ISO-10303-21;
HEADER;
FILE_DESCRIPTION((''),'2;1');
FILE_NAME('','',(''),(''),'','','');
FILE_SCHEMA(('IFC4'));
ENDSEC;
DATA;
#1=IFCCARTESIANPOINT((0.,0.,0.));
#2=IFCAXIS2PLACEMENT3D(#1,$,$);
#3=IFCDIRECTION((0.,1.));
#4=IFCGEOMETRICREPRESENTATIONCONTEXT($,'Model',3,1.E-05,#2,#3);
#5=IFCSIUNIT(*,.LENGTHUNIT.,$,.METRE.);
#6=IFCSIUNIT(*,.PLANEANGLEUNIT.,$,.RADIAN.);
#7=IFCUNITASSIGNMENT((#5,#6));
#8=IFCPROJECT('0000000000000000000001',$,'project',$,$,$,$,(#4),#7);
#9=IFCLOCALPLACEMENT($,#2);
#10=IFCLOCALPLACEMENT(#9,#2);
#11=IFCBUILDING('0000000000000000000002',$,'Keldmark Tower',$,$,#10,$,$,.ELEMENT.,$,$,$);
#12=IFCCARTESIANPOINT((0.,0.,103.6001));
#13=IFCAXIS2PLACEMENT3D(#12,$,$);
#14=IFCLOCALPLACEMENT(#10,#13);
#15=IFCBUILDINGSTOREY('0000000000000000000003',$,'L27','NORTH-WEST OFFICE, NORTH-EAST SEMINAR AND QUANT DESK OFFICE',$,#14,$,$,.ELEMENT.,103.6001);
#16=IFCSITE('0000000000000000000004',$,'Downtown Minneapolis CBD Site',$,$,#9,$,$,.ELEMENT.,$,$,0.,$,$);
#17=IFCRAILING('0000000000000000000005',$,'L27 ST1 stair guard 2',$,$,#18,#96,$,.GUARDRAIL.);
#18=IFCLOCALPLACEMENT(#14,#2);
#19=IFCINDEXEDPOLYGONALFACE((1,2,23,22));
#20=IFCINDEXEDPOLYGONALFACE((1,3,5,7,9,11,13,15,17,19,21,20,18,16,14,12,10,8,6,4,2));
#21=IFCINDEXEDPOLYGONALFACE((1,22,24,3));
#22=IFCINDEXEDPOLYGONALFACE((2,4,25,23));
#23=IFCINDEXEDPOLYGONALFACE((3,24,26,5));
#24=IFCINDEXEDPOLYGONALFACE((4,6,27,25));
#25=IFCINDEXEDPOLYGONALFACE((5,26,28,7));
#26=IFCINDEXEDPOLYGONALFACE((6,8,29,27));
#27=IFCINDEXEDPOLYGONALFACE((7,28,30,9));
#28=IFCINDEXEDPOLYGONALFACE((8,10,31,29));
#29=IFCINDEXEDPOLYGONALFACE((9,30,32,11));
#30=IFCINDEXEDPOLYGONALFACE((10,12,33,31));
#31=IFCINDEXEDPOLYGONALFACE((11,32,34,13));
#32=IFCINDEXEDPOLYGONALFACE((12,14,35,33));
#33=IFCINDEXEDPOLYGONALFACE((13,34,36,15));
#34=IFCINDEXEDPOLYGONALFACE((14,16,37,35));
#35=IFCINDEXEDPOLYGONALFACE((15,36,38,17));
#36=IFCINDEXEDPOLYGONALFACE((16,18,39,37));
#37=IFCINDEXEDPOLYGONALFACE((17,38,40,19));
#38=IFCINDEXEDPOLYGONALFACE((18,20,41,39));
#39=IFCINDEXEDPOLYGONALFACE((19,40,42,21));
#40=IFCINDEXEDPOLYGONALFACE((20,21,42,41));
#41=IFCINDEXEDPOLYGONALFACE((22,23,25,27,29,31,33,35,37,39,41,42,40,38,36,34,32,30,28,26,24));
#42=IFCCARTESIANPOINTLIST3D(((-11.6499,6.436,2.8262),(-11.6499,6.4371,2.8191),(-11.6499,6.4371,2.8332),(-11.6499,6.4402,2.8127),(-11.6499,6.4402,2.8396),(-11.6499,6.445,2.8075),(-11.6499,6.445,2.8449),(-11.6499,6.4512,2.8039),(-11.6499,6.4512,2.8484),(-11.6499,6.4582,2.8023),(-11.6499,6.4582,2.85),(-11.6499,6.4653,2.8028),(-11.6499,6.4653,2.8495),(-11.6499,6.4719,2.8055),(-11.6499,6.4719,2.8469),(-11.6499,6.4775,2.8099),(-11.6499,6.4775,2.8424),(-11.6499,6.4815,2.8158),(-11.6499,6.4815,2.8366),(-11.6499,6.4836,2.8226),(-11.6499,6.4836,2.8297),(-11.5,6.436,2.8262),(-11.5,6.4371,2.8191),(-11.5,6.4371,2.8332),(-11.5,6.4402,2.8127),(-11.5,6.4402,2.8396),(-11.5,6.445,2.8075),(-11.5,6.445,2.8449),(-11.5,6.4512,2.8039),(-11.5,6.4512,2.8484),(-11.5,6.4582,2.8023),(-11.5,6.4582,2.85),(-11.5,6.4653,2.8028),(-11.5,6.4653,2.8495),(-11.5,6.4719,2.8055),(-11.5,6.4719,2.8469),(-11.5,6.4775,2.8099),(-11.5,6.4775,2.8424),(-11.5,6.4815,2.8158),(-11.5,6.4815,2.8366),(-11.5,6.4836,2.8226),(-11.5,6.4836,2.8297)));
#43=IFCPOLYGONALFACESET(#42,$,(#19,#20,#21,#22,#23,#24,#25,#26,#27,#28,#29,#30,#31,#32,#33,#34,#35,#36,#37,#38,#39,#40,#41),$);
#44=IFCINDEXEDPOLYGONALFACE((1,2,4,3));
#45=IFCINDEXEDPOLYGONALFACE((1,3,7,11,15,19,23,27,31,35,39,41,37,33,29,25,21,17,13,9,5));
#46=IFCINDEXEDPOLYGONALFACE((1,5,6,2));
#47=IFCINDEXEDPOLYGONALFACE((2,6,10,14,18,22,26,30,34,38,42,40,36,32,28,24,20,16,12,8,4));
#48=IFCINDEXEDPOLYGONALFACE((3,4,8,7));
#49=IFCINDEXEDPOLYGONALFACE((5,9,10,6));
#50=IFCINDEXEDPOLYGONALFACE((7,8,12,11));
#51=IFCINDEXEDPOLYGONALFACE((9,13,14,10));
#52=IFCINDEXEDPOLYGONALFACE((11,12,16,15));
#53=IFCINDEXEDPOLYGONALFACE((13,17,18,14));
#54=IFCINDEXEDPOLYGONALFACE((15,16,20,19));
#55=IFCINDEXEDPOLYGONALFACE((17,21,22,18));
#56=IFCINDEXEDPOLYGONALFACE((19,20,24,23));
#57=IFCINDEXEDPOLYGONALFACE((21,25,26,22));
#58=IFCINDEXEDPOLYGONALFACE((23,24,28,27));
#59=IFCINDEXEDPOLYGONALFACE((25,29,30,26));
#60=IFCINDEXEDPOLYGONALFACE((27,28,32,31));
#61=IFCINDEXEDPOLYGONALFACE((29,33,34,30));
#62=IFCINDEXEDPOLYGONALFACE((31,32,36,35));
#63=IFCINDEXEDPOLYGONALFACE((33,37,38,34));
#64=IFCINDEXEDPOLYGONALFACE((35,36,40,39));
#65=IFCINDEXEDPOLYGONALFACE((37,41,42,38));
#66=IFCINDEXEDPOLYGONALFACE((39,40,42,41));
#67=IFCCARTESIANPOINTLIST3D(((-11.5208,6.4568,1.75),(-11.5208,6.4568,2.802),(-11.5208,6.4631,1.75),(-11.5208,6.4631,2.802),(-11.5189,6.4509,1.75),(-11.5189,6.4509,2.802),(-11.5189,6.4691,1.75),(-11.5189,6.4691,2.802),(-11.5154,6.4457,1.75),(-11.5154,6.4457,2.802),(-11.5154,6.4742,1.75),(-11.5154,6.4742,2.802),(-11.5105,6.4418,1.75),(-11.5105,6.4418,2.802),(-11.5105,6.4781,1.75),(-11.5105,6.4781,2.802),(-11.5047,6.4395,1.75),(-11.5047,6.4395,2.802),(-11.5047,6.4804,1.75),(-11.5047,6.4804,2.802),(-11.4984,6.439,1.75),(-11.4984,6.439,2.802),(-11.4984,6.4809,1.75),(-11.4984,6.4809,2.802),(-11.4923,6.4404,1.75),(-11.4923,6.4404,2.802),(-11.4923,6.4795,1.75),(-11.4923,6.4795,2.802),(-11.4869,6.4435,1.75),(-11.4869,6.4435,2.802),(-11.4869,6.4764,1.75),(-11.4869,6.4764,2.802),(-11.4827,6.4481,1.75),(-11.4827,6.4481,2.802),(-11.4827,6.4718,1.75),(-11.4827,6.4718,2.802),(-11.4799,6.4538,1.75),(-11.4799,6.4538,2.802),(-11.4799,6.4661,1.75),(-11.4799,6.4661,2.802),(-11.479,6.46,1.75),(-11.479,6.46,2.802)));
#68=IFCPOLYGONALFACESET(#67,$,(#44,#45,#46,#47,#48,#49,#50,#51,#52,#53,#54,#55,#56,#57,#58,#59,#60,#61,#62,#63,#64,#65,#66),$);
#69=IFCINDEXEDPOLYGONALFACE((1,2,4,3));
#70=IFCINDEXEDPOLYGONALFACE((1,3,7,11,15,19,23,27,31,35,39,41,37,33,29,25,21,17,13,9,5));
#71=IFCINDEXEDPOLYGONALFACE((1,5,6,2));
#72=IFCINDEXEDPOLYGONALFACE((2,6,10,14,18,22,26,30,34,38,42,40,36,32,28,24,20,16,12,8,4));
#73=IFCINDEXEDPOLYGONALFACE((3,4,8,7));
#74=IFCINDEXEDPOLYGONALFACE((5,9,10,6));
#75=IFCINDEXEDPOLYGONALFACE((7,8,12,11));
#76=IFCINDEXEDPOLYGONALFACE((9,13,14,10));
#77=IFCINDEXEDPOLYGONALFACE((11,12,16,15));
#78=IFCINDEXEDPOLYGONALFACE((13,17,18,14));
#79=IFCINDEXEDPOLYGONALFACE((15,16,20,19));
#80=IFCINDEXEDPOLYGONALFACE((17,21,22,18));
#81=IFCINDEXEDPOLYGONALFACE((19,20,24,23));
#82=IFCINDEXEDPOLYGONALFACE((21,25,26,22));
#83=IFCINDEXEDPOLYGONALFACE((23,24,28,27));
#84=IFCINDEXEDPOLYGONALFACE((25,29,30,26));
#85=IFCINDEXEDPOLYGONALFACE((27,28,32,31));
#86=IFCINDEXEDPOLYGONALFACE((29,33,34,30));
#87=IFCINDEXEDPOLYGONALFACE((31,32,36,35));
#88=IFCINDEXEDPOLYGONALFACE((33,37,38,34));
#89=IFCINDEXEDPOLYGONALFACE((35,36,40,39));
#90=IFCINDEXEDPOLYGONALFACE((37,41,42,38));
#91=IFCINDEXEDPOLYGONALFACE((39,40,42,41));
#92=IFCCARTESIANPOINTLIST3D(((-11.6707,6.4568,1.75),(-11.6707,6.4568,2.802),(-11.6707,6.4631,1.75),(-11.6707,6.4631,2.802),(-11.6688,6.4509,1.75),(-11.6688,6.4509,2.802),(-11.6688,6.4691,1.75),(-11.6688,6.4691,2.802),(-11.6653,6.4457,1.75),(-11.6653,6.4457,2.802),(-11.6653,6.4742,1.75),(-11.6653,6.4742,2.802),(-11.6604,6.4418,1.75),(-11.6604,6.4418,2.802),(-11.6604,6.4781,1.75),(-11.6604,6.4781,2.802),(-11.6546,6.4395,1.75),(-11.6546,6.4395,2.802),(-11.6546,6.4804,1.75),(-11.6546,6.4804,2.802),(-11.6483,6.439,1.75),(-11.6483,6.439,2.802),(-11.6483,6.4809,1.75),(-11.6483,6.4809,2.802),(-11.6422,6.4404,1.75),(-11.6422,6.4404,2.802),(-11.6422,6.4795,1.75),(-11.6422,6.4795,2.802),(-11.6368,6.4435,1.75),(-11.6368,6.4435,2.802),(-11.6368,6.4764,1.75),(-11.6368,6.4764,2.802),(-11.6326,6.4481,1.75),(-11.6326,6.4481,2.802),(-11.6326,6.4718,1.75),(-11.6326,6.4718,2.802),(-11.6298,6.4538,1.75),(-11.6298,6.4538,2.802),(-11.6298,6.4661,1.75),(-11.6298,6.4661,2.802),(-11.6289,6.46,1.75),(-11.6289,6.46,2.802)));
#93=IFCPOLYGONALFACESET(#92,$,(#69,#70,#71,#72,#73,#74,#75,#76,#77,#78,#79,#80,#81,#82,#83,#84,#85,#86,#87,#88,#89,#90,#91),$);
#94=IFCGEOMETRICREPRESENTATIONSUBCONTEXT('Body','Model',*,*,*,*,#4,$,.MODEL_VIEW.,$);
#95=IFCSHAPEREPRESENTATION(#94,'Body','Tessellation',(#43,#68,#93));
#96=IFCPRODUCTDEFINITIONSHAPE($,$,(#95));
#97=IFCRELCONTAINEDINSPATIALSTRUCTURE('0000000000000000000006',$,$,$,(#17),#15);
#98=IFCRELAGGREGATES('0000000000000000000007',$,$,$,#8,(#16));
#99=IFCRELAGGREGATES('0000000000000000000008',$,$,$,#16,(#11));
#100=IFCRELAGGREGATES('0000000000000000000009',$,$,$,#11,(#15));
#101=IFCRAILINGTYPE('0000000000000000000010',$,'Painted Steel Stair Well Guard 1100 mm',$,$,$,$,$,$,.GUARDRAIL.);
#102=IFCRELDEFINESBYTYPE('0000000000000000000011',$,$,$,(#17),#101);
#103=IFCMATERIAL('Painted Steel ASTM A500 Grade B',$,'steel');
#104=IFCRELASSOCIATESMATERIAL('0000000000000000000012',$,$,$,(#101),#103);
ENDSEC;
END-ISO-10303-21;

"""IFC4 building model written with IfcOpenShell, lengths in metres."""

from ifc_helpers import new_model, si_unit, direction, frame, origin, origin_2d, place, context, subcontext, project, spatial, circle, extrude, material, type_object, element, save


model = new_model("IFC4")

# Units and contexts
model_context = context("Model", 3, precision=1e-05, world=origin(), true_north=direction((0.0, 1.0)))
body_context = subcontext(model_context, "Body", "Model", "MODEL_VIEW")
ifc_project = project(units=[si_unit("LENGTHUNIT", "METRE"), si_unit("PLANEANGLEUNIT", "RADIAN")], contexts=[model_context])

# Site, building, storey
site_placement = place(None, origin())
site = spatial("IfcSite", under=ifc_project, at=site_placement, Name="Downtown Minneapolis CBD Site", CompositionType="ELEMENT", RefElevation=0.0)
building_placement = place(site_placement, origin())
building = spatial("IfcBuilding", under=site, at=building_placement, Name="Keldmark Tower", CompositionType="ELEMENT")
storey_placement = place(building_placement, frame((0.0, 0.0, 103.6001)))
storey = spatial("IfcBuildingStorey", under=building, at=storey_placement, Name="L27", Description="NORTH-WEST OFFICE, NORTH-EAST SEMINAR AND QUANT DESK OFFICE", CompositionType="ELEMENT", Elevation=103.6001)

# Railing
ifc_material_1 = material(Name="Painted Steel ASTM A500 Grade B", Category="steel")
railing_type_1 = type_object("IfcRailingType", Name="Painted Steel Stair Well Guard 1100 mm", PredefinedType="GUARDRAIL", material=ifc_material_1)
railing_1_placement = place(storey_placement, frame((-11.5, 6.46, 1.75)))
element("IfcRailing", 1, at=railing_1_placement, inside=storey, type_object=railing_type_1, Name="L27 ST1 stair guard 2", PredefinedType="GUARDRAIL", context=body_context, shape_type="SweptSolid", body=[
    extrude(circle(Radius=0.0239, at=origin_2d()), frame((0.0, 0.0, 1.0762), z_axis=(-1.0, 0.0, 0.0), x_axis=(0.0, -1.0, 0.0)), (0.0, 0.0, 1.0), 0.1499),
    extrude(circle(Radius=0.021, at=origin_2d()), origin(), (0.0, 0.0, 1.0), 1.052),
    extrude(circle(Radius=0.021, at=origin_2d()), frame((-0.1499, 0.0, 0.0)), (0.0, 0.0, 1.0), 1.052),
])

save(model, "model.ifc")
